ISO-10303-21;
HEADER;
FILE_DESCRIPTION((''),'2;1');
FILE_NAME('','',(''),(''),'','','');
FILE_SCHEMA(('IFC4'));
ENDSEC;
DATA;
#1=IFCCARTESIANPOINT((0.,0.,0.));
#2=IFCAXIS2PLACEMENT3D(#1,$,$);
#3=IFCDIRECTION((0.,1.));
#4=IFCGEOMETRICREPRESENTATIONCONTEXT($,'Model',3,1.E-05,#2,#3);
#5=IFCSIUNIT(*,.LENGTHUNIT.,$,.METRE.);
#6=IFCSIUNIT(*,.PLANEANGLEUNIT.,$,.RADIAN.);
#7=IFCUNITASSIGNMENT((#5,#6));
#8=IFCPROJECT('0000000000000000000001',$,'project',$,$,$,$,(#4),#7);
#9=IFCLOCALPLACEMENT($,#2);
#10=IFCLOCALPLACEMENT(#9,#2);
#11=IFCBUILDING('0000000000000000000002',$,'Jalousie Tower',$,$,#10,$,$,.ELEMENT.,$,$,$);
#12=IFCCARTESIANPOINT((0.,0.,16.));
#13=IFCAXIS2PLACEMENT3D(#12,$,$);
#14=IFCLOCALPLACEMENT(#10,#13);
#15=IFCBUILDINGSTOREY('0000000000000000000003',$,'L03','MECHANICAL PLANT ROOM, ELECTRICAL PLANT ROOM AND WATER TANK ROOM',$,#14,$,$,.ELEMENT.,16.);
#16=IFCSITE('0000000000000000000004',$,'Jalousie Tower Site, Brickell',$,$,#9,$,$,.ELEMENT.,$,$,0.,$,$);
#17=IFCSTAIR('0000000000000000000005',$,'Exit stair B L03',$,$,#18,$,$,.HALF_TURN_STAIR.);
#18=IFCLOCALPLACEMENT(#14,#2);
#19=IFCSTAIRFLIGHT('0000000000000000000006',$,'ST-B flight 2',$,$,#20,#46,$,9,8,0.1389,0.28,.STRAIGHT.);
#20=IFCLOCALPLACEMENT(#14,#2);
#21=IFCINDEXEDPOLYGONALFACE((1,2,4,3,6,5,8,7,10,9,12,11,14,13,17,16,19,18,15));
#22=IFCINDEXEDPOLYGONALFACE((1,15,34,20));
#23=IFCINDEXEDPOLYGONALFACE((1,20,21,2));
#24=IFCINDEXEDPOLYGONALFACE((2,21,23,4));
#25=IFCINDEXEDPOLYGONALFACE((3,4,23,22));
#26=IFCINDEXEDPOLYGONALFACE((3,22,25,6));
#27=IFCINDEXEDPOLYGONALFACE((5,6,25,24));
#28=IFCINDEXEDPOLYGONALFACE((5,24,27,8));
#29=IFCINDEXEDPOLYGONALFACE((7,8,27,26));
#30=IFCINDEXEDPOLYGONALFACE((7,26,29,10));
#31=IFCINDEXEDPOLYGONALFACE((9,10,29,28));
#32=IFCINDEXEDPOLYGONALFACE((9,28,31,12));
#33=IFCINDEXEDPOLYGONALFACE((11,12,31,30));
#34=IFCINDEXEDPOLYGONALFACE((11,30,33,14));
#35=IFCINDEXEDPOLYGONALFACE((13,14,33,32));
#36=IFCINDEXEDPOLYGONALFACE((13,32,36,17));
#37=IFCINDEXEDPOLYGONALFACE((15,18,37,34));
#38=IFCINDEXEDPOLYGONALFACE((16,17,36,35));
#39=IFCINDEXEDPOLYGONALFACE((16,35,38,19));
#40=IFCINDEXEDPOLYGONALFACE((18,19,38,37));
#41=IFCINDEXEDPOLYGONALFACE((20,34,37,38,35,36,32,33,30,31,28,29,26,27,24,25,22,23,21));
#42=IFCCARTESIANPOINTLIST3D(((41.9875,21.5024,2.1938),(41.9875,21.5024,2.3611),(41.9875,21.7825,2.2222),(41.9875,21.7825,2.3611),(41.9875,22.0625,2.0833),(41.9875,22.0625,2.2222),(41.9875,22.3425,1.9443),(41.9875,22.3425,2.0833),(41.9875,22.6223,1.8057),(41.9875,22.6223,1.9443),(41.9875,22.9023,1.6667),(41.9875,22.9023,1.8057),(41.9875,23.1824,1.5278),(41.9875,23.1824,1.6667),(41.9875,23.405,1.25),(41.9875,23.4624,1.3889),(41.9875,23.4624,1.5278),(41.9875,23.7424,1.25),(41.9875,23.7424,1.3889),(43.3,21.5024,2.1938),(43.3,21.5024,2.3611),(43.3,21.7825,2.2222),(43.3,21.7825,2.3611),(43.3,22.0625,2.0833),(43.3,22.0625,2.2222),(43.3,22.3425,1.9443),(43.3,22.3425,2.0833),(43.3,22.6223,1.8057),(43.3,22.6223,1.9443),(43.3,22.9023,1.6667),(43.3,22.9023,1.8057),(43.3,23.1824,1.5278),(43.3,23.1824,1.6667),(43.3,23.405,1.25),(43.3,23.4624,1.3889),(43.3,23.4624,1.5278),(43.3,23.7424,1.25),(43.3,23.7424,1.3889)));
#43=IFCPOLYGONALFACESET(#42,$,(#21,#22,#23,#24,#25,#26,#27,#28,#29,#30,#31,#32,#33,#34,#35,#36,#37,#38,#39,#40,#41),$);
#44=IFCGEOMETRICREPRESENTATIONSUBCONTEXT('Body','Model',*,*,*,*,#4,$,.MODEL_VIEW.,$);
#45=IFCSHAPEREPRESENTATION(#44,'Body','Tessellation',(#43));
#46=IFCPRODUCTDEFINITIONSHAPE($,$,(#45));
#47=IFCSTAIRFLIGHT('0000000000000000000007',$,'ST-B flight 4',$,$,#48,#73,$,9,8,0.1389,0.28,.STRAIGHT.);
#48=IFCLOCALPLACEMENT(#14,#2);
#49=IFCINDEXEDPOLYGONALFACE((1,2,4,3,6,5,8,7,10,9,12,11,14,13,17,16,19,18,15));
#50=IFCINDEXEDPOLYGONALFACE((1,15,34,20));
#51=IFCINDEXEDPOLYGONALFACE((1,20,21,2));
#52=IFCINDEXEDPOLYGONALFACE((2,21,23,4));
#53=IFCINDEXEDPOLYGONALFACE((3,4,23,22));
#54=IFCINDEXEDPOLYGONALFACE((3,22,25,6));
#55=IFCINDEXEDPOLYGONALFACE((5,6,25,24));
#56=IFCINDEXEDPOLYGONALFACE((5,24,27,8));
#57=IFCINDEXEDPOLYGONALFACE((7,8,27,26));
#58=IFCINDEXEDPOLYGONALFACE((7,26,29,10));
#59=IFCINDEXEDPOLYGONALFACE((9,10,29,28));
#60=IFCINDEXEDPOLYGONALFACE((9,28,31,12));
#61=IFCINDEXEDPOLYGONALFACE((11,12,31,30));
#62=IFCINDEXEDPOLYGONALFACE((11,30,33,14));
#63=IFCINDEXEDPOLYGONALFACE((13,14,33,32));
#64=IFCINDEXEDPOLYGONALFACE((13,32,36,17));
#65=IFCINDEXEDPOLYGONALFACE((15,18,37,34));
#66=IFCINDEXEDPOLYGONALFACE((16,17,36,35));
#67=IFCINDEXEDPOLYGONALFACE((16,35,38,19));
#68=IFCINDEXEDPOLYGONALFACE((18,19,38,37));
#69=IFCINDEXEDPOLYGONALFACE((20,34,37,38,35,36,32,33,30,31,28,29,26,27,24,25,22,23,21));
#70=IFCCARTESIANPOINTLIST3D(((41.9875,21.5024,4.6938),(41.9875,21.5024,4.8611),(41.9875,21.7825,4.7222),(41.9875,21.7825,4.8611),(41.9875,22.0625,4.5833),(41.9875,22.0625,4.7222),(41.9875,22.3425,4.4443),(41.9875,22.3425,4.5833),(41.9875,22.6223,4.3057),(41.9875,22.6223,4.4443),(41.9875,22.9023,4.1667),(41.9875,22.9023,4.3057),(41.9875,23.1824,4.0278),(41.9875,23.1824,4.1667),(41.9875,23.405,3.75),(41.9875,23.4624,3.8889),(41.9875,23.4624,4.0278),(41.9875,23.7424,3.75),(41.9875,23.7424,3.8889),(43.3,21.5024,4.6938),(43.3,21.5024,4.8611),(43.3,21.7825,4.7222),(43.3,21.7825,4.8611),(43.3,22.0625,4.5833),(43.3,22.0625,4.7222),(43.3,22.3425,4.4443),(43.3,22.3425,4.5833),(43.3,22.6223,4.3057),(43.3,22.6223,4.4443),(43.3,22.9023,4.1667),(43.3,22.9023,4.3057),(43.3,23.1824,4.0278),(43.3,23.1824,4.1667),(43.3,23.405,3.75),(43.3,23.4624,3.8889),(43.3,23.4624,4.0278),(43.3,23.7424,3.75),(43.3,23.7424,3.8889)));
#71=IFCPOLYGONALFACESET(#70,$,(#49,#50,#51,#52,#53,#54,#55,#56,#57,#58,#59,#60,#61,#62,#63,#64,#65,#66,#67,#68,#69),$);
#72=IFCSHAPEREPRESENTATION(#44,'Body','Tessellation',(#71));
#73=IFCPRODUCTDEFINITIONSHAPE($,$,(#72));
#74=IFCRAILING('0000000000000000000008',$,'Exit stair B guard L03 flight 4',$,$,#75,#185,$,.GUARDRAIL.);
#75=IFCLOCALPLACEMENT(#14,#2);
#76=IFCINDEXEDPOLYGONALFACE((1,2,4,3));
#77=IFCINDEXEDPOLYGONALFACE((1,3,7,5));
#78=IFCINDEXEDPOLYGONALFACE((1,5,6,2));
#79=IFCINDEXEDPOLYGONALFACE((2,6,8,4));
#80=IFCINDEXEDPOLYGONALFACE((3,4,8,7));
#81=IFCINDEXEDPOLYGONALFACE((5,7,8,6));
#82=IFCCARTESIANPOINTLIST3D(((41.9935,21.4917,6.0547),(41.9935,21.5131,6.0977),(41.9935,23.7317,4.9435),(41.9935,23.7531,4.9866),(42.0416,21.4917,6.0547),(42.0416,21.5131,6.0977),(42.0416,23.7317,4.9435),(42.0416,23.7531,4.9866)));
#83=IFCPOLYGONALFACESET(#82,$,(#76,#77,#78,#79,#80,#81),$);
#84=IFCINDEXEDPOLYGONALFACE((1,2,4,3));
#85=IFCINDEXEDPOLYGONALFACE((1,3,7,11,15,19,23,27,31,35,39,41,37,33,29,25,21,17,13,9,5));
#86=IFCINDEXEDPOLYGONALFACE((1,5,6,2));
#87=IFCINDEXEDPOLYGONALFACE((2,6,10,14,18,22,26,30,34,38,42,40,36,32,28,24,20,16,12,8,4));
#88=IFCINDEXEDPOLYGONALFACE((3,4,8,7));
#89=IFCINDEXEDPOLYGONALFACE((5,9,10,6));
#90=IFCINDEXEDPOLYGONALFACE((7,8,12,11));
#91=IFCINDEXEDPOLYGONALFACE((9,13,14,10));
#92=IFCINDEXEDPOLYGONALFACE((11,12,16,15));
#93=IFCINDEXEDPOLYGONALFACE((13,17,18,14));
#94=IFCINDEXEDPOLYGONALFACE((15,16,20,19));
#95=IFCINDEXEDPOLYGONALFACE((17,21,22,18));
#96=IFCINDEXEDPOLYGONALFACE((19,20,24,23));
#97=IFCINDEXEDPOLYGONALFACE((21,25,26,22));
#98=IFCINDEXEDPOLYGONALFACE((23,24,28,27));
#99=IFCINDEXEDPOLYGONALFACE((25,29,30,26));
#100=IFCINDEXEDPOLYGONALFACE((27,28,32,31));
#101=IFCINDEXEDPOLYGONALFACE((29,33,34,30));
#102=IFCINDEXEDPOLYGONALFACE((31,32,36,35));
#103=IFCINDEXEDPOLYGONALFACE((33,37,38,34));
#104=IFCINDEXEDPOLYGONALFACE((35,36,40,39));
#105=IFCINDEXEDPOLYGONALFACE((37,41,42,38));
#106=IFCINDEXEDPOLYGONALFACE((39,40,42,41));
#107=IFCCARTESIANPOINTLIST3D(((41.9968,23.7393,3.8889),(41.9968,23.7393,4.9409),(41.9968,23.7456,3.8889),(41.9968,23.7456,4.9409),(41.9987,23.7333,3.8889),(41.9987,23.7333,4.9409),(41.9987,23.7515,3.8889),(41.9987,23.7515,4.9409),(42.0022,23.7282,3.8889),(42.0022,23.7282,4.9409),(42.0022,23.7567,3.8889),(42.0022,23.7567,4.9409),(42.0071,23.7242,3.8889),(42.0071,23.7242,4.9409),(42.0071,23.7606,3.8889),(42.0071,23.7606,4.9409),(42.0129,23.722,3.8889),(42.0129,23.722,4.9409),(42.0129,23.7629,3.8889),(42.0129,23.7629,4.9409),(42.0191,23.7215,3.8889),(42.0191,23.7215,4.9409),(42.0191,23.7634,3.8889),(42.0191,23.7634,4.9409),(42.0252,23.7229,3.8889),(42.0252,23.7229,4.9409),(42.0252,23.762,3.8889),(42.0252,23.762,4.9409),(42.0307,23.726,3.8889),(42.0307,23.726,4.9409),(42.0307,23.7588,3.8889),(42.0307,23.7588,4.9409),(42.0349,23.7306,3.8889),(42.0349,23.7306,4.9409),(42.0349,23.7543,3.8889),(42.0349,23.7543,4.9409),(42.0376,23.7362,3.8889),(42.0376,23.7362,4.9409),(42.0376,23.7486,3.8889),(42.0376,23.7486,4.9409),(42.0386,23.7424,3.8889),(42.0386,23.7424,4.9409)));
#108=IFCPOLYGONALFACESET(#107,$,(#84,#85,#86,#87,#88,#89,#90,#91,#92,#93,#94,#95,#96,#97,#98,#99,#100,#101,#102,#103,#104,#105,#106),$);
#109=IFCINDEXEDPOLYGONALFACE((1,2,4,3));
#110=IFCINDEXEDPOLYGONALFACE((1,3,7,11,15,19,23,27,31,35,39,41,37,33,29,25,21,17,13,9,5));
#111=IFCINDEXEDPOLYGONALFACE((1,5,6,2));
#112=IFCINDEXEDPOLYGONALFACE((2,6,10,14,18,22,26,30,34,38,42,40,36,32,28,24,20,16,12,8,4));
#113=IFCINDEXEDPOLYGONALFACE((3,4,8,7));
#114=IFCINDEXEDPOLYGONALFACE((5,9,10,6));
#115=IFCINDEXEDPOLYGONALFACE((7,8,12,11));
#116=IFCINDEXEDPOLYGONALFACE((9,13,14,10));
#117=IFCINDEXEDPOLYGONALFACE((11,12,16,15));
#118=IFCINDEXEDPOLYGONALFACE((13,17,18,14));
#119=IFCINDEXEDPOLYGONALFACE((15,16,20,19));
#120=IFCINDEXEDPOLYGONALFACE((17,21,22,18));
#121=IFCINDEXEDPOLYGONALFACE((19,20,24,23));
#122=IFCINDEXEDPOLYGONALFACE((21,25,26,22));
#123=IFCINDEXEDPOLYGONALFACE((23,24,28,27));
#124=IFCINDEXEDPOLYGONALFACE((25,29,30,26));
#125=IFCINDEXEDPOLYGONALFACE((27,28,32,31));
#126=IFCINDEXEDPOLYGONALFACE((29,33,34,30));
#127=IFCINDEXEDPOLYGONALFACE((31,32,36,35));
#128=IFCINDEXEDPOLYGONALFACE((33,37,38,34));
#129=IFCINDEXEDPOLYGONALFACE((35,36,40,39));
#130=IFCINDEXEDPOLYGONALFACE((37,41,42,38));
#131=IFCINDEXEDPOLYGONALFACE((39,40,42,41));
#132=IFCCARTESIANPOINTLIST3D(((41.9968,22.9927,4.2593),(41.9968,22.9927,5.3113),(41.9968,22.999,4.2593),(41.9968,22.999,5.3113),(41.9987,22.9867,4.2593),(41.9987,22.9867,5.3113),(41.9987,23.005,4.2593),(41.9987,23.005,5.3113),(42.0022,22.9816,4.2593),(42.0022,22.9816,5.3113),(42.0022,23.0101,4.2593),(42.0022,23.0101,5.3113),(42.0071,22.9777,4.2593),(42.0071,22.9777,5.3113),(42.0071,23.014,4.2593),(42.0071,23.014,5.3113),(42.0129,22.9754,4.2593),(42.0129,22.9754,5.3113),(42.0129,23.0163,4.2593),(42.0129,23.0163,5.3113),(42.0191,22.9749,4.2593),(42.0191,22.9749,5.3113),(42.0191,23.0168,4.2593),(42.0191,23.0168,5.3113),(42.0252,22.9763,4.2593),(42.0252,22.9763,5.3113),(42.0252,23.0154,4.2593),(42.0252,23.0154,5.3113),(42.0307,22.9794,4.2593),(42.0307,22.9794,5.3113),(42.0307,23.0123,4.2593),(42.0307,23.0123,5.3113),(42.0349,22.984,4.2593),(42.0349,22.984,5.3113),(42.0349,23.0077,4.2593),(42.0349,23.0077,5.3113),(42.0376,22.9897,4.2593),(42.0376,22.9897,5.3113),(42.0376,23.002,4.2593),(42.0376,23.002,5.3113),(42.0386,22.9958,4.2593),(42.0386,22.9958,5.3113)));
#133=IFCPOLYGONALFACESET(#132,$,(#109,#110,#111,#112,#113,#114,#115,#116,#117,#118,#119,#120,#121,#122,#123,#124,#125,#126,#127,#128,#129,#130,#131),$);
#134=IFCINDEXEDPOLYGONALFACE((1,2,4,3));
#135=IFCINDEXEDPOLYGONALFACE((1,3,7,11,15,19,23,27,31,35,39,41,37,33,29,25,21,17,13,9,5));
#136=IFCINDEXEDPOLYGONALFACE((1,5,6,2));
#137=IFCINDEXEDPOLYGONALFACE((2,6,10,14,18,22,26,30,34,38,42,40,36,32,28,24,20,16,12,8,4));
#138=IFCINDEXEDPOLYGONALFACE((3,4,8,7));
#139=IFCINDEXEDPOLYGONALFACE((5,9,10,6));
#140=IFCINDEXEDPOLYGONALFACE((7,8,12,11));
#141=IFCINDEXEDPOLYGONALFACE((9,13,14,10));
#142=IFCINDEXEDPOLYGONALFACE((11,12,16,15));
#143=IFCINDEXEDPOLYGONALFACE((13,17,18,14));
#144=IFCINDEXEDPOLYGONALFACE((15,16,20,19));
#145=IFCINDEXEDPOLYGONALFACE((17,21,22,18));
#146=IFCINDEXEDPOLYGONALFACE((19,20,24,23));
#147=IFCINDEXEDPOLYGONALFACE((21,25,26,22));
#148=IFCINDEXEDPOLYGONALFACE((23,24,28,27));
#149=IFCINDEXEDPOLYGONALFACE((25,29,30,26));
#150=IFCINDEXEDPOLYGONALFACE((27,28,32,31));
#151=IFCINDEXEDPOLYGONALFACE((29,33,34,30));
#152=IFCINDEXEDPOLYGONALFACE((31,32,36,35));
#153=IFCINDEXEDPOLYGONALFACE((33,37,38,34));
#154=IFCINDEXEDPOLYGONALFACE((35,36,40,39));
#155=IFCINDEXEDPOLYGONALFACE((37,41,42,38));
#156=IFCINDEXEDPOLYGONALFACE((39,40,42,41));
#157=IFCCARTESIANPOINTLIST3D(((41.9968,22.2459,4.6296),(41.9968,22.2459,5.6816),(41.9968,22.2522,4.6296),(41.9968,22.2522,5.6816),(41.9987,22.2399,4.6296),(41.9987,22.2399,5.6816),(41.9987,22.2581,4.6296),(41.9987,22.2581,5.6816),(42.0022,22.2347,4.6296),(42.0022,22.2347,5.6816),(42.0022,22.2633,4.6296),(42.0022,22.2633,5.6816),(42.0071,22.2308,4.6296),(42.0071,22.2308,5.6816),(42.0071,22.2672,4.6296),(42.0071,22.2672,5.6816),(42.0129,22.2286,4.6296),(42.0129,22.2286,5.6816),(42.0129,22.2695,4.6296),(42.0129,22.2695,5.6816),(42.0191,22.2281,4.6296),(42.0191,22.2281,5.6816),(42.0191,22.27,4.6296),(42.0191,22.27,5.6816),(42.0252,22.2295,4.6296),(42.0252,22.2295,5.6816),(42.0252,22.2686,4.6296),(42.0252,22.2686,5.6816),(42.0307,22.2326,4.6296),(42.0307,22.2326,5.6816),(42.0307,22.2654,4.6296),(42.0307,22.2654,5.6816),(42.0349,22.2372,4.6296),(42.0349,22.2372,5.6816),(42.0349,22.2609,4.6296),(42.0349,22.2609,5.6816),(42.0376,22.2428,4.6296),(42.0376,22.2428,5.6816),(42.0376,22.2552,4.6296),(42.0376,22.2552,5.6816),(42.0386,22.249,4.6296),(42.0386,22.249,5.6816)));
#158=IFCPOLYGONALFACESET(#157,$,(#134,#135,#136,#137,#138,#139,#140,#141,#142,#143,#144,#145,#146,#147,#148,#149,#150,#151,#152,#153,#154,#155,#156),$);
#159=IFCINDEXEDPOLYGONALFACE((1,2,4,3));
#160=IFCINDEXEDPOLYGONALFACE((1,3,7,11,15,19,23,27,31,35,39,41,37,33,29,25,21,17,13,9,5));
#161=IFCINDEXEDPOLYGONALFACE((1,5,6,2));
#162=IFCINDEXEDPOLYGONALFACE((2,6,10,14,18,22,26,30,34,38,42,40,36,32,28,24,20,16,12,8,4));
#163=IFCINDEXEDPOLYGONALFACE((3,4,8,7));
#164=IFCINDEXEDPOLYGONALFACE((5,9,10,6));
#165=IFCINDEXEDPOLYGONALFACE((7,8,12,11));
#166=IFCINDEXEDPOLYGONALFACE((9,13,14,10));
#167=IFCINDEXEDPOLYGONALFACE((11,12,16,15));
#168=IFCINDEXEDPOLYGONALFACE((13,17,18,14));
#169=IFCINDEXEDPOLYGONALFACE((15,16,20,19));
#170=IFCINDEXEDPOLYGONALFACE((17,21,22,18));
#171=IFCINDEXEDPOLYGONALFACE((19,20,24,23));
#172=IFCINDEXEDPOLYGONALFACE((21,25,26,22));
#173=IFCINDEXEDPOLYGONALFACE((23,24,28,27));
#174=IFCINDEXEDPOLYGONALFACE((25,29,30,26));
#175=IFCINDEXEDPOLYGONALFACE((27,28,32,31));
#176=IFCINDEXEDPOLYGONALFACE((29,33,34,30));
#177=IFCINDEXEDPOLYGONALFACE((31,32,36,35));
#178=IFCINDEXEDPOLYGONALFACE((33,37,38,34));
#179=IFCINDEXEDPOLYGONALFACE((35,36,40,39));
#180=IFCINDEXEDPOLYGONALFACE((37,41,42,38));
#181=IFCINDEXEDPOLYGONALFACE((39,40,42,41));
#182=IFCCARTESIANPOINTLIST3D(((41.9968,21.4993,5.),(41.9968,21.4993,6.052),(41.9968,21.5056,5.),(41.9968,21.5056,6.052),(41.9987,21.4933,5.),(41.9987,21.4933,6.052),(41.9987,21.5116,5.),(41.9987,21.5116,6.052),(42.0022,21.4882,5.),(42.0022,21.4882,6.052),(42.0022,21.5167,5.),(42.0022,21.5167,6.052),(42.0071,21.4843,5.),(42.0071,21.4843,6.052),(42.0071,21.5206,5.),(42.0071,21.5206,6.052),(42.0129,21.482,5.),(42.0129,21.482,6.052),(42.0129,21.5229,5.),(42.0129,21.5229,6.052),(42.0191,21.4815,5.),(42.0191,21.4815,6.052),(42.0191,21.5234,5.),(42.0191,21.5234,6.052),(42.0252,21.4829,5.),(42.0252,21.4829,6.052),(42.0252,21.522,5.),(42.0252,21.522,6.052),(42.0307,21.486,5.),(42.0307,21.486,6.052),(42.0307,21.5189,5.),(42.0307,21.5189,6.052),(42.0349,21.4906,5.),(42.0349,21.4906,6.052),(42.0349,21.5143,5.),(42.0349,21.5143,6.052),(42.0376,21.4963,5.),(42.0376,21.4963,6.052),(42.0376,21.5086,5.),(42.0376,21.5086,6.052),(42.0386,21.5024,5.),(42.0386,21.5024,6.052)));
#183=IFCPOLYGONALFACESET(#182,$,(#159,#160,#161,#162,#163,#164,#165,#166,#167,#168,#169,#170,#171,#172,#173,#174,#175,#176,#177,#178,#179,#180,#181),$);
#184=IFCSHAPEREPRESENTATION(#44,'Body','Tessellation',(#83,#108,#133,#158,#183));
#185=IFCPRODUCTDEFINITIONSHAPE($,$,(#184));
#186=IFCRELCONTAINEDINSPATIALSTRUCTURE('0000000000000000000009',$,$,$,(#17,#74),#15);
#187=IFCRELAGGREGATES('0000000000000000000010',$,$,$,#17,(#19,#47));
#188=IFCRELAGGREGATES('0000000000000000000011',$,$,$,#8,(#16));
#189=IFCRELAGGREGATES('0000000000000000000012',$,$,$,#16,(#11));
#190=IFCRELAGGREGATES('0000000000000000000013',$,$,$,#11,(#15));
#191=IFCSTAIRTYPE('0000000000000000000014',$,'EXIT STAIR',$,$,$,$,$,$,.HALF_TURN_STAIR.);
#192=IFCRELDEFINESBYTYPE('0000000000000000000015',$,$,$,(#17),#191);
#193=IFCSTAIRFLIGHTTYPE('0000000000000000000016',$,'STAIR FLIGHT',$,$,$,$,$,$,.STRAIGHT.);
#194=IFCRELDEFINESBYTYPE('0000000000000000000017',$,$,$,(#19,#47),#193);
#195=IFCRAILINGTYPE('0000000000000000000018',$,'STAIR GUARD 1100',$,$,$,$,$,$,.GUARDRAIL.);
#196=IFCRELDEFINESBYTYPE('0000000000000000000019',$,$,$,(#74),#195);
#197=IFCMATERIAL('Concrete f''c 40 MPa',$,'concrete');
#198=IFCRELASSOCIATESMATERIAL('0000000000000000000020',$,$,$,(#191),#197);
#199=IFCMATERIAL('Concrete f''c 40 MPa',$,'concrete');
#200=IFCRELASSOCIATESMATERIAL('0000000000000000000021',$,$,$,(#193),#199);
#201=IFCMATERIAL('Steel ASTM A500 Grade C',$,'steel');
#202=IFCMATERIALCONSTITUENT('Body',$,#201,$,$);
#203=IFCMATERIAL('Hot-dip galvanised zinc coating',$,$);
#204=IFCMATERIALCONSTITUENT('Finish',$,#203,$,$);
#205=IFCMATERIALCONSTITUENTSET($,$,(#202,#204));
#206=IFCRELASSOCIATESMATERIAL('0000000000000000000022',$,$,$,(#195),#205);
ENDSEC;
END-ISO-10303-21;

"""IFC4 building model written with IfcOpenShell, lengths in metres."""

from ifc_helpers import new_model, si_unit, direction, frame, origin, origin_2d, place, context, subcontext, project, spatial, polyline, rectangle, circle, outline, extrude, material, constituent, constituent_set, type_object, element, aggregate, save


model = new_model("IFC4")

# Units and contexts
model_context = context("Model", 3, precision=1e-05, world=origin(), true_north=direction((0.0, 1.0)))
body_context = subcontext(model_context, "Body", "Model", "MODEL_VIEW")
ifc_project = project(units=[si_unit("LENGTHUNIT", "METRE"), si_unit("PLANEANGLEUNIT", "RADIAN")], contexts=[model_context])

# Site, building, storey
site_placement = place(None, origin())
site = spatial("IfcSite", under=ifc_project, at=site_placement, Name="Jalousie Tower Site, Brickell", CompositionType="ELEMENT", RefElevation=0.0)
building_placement = place(site_placement, origin())
building = spatial("IfcBuilding", under=site, at=building_placement, Name="Jalousie Tower", CompositionType="ELEMENT")
storey_placement = place(building_placement, frame((0.0, 0.0, 16.0)))
storey = spatial("IfcBuildingStorey", under=building, at=storey_placement, Name="L03", Description="MECHANICAL PLANT ROOM, ELECTRICAL PLANT ROOM AND WATER TANK ROOM", CompositionType="ELEMENT", Elevation=16.0)

# Stair, stair flights
ifc_material_1 = material(Name="Concrete f'c 40 MPa", Category="concrete")
stair_type = type_object("IfcStairType", Name="EXIT STAIR", PredefinedType="HALF_TURN_STAIR", material=ifc_material_1)
stair_placement = place(storey_placement, origin())
stair = element("IfcStair", 1, at=stair_placement, inside=storey, type_object=stair_type, Name="Exit stair B L03", PredefinedType="HALF_TURN_STAIR")
ifc_material_2 = material(Name="Concrete f'c 40 MPa", Category="concrete")
stair_flight_type = type_object("IfcStairFlightType", Name="STAIR FLIGHT", PredefinedType="STRAIGHT", material=ifc_material_2)
stair_flight_1_placement = place(storey_placement, frame((42.6438, 23.7424, 1.25), z_axis=(0.0, 0.0, 1.0), x_axis=(0.0, -1.0, 0.0)))
stair_flight_1 = element("IfcStairFlight", 2, at=stair_flight_1_placement, type_object=stair_flight_type, Name="ST-B flight 2", NumberOfRisers=9, NumberOfTreads=8, PredefinedType="STRAIGHT", RiserHeight=0.1389, TreadLength=0.28, context=body_context, shape_type="SweptSolid", body=[
    extrude(outline(polyline([(0.0, 0.0), (0.0, 0.1389), (0.28, 0.1389), (0.28, 0.2778), (0.5601, 0.2778), (0.5601, 0.4167), (0.8401, 0.4167), (0.8401, 0.5557), (1.1201, 0.5557), (1.1201, 0.6943), (1.3999, 0.6943), (1.3999, 0.8333), (1.6799, 0.8333), (1.6799, 0.9722), (1.96, 0.9722), (1.96, 1.1111), (2.24, 1.1111), (2.24, 1.25), (2.24, 0.9438), (0.3374, 0.0), (0.0, 0.0)])), frame((0.0, 0.6562, 0.0), z_axis=(0.0, -1.0, 0.0), x_axis=(1.0, 0.0, 0.0)), (0.0, 0.0, 1.0), 1.3125),
])
stair_flight_2_placement = place(storey_placement, frame((42.6438, 23.7424, 3.75), z_axis=(0.0, 0.0, 1.0), x_axis=(0.0, -1.0, 0.0)))
stair_flight_2 = element("IfcStairFlight", 3, at=stair_flight_2_placement, type_object=stair_flight_type, Name="ST-B flight 4", NumberOfRisers=9, NumberOfTreads=8, PredefinedType="STRAIGHT", RiserHeight=0.1389, TreadLength=0.28, context=body_context, shape_type="SweptSolid", body=[
    extrude(outline(polyline([(0.0, 0.0), (0.0, 0.1389), (0.28, 0.1389), (0.28, 0.2778), (0.5601, 0.2778), (0.5601, 0.4167), (0.8401, 0.4167), (0.8401, 0.5557), (1.1201, 0.5557), (1.1201, 0.6943), (1.3999, 0.6943), (1.3999, 0.8333), (1.6799, 0.8333), (1.6799, 0.9722), (1.96, 0.9722), (1.96, 1.1111), (2.24, 1.1111), (2.24, 1.25), (2.24, 0.9438), (0.3374, 0.0), (0.0, 0.0)])), frame((0.0, 0.6562, 0.0), z_axis=(0.0, -1.0, 0.0), x_axis=(1.0, 0.0, 0.0)), (0.0, 0.0, 1.0), 1.3125),
])
aggregate(stair, [stair_flight_1, stair_flight_2])

# Railing
ifc_material_3 = material(Name="Steel ASTM A500 Grade C", Category="steel")
ifc_constituent_1 = constituent(ifc_material_3, Name="Body")
ifc_material_4 = material(Name="Hot-dip galvanised zinc coating")
ifc_constituent_2 = constituent(ifc_material_4, Name="Finish")
ifc_constituent_set_1 = constituent_set(constituents=[ifc_constituent_1, ifc_constituent_2])
railing_type_1 = type_object("IfcRailingType", Name="STAIR GUARD 1100", PredefinedType="GUARDRAIL", material=ifc_constituent_set_1)
railing_placement = place(storey_placement, frame((42.0176, 23.7424, 3.8889)))
element("IfcRailing", 4, at=railing_placement, inside=storey, type_object=railing_type_1, Name="Exit stair B guard L03 flight 4", PredefinedType="GUARDRAIL", context=body_context, shape_type="SweptSolid", body=[
    extrude(rectangle(XDim=0.0481, YDim=0.0481, at=origin_2d()), frame((0.0, 0.0, 1.0762), z_axis=(0.0, -0.895848, 0.44436), x_axis=(1.0, 0.0, 0.0)), (0.0, 0.0, 1.0), 2.5005),
    extrude(circle(Radius=0.021, at=origin_2d()), origin(), (0.0, 0.0, 1.0), 1.052),
    extrude(circle(Radius=0.021, at=origin_2d()), frame((0.0, -0.7466, 0.3704)), (0.0, 0.0, 1.0), 1.052),
    extrude(circle(Radius=0.021, at=origin_2d()), frame((0.0, -1.4934, 0.7407)), (0.0, 0.0, 1.0), 1.052),
    extrude(circle(Radius=0.021, at=origin_2d()), frame((0.0, -2.24, 1.1111)), (0.0, 0.0, 1.0), 1.052),
])

save(model, "model.ifc")
